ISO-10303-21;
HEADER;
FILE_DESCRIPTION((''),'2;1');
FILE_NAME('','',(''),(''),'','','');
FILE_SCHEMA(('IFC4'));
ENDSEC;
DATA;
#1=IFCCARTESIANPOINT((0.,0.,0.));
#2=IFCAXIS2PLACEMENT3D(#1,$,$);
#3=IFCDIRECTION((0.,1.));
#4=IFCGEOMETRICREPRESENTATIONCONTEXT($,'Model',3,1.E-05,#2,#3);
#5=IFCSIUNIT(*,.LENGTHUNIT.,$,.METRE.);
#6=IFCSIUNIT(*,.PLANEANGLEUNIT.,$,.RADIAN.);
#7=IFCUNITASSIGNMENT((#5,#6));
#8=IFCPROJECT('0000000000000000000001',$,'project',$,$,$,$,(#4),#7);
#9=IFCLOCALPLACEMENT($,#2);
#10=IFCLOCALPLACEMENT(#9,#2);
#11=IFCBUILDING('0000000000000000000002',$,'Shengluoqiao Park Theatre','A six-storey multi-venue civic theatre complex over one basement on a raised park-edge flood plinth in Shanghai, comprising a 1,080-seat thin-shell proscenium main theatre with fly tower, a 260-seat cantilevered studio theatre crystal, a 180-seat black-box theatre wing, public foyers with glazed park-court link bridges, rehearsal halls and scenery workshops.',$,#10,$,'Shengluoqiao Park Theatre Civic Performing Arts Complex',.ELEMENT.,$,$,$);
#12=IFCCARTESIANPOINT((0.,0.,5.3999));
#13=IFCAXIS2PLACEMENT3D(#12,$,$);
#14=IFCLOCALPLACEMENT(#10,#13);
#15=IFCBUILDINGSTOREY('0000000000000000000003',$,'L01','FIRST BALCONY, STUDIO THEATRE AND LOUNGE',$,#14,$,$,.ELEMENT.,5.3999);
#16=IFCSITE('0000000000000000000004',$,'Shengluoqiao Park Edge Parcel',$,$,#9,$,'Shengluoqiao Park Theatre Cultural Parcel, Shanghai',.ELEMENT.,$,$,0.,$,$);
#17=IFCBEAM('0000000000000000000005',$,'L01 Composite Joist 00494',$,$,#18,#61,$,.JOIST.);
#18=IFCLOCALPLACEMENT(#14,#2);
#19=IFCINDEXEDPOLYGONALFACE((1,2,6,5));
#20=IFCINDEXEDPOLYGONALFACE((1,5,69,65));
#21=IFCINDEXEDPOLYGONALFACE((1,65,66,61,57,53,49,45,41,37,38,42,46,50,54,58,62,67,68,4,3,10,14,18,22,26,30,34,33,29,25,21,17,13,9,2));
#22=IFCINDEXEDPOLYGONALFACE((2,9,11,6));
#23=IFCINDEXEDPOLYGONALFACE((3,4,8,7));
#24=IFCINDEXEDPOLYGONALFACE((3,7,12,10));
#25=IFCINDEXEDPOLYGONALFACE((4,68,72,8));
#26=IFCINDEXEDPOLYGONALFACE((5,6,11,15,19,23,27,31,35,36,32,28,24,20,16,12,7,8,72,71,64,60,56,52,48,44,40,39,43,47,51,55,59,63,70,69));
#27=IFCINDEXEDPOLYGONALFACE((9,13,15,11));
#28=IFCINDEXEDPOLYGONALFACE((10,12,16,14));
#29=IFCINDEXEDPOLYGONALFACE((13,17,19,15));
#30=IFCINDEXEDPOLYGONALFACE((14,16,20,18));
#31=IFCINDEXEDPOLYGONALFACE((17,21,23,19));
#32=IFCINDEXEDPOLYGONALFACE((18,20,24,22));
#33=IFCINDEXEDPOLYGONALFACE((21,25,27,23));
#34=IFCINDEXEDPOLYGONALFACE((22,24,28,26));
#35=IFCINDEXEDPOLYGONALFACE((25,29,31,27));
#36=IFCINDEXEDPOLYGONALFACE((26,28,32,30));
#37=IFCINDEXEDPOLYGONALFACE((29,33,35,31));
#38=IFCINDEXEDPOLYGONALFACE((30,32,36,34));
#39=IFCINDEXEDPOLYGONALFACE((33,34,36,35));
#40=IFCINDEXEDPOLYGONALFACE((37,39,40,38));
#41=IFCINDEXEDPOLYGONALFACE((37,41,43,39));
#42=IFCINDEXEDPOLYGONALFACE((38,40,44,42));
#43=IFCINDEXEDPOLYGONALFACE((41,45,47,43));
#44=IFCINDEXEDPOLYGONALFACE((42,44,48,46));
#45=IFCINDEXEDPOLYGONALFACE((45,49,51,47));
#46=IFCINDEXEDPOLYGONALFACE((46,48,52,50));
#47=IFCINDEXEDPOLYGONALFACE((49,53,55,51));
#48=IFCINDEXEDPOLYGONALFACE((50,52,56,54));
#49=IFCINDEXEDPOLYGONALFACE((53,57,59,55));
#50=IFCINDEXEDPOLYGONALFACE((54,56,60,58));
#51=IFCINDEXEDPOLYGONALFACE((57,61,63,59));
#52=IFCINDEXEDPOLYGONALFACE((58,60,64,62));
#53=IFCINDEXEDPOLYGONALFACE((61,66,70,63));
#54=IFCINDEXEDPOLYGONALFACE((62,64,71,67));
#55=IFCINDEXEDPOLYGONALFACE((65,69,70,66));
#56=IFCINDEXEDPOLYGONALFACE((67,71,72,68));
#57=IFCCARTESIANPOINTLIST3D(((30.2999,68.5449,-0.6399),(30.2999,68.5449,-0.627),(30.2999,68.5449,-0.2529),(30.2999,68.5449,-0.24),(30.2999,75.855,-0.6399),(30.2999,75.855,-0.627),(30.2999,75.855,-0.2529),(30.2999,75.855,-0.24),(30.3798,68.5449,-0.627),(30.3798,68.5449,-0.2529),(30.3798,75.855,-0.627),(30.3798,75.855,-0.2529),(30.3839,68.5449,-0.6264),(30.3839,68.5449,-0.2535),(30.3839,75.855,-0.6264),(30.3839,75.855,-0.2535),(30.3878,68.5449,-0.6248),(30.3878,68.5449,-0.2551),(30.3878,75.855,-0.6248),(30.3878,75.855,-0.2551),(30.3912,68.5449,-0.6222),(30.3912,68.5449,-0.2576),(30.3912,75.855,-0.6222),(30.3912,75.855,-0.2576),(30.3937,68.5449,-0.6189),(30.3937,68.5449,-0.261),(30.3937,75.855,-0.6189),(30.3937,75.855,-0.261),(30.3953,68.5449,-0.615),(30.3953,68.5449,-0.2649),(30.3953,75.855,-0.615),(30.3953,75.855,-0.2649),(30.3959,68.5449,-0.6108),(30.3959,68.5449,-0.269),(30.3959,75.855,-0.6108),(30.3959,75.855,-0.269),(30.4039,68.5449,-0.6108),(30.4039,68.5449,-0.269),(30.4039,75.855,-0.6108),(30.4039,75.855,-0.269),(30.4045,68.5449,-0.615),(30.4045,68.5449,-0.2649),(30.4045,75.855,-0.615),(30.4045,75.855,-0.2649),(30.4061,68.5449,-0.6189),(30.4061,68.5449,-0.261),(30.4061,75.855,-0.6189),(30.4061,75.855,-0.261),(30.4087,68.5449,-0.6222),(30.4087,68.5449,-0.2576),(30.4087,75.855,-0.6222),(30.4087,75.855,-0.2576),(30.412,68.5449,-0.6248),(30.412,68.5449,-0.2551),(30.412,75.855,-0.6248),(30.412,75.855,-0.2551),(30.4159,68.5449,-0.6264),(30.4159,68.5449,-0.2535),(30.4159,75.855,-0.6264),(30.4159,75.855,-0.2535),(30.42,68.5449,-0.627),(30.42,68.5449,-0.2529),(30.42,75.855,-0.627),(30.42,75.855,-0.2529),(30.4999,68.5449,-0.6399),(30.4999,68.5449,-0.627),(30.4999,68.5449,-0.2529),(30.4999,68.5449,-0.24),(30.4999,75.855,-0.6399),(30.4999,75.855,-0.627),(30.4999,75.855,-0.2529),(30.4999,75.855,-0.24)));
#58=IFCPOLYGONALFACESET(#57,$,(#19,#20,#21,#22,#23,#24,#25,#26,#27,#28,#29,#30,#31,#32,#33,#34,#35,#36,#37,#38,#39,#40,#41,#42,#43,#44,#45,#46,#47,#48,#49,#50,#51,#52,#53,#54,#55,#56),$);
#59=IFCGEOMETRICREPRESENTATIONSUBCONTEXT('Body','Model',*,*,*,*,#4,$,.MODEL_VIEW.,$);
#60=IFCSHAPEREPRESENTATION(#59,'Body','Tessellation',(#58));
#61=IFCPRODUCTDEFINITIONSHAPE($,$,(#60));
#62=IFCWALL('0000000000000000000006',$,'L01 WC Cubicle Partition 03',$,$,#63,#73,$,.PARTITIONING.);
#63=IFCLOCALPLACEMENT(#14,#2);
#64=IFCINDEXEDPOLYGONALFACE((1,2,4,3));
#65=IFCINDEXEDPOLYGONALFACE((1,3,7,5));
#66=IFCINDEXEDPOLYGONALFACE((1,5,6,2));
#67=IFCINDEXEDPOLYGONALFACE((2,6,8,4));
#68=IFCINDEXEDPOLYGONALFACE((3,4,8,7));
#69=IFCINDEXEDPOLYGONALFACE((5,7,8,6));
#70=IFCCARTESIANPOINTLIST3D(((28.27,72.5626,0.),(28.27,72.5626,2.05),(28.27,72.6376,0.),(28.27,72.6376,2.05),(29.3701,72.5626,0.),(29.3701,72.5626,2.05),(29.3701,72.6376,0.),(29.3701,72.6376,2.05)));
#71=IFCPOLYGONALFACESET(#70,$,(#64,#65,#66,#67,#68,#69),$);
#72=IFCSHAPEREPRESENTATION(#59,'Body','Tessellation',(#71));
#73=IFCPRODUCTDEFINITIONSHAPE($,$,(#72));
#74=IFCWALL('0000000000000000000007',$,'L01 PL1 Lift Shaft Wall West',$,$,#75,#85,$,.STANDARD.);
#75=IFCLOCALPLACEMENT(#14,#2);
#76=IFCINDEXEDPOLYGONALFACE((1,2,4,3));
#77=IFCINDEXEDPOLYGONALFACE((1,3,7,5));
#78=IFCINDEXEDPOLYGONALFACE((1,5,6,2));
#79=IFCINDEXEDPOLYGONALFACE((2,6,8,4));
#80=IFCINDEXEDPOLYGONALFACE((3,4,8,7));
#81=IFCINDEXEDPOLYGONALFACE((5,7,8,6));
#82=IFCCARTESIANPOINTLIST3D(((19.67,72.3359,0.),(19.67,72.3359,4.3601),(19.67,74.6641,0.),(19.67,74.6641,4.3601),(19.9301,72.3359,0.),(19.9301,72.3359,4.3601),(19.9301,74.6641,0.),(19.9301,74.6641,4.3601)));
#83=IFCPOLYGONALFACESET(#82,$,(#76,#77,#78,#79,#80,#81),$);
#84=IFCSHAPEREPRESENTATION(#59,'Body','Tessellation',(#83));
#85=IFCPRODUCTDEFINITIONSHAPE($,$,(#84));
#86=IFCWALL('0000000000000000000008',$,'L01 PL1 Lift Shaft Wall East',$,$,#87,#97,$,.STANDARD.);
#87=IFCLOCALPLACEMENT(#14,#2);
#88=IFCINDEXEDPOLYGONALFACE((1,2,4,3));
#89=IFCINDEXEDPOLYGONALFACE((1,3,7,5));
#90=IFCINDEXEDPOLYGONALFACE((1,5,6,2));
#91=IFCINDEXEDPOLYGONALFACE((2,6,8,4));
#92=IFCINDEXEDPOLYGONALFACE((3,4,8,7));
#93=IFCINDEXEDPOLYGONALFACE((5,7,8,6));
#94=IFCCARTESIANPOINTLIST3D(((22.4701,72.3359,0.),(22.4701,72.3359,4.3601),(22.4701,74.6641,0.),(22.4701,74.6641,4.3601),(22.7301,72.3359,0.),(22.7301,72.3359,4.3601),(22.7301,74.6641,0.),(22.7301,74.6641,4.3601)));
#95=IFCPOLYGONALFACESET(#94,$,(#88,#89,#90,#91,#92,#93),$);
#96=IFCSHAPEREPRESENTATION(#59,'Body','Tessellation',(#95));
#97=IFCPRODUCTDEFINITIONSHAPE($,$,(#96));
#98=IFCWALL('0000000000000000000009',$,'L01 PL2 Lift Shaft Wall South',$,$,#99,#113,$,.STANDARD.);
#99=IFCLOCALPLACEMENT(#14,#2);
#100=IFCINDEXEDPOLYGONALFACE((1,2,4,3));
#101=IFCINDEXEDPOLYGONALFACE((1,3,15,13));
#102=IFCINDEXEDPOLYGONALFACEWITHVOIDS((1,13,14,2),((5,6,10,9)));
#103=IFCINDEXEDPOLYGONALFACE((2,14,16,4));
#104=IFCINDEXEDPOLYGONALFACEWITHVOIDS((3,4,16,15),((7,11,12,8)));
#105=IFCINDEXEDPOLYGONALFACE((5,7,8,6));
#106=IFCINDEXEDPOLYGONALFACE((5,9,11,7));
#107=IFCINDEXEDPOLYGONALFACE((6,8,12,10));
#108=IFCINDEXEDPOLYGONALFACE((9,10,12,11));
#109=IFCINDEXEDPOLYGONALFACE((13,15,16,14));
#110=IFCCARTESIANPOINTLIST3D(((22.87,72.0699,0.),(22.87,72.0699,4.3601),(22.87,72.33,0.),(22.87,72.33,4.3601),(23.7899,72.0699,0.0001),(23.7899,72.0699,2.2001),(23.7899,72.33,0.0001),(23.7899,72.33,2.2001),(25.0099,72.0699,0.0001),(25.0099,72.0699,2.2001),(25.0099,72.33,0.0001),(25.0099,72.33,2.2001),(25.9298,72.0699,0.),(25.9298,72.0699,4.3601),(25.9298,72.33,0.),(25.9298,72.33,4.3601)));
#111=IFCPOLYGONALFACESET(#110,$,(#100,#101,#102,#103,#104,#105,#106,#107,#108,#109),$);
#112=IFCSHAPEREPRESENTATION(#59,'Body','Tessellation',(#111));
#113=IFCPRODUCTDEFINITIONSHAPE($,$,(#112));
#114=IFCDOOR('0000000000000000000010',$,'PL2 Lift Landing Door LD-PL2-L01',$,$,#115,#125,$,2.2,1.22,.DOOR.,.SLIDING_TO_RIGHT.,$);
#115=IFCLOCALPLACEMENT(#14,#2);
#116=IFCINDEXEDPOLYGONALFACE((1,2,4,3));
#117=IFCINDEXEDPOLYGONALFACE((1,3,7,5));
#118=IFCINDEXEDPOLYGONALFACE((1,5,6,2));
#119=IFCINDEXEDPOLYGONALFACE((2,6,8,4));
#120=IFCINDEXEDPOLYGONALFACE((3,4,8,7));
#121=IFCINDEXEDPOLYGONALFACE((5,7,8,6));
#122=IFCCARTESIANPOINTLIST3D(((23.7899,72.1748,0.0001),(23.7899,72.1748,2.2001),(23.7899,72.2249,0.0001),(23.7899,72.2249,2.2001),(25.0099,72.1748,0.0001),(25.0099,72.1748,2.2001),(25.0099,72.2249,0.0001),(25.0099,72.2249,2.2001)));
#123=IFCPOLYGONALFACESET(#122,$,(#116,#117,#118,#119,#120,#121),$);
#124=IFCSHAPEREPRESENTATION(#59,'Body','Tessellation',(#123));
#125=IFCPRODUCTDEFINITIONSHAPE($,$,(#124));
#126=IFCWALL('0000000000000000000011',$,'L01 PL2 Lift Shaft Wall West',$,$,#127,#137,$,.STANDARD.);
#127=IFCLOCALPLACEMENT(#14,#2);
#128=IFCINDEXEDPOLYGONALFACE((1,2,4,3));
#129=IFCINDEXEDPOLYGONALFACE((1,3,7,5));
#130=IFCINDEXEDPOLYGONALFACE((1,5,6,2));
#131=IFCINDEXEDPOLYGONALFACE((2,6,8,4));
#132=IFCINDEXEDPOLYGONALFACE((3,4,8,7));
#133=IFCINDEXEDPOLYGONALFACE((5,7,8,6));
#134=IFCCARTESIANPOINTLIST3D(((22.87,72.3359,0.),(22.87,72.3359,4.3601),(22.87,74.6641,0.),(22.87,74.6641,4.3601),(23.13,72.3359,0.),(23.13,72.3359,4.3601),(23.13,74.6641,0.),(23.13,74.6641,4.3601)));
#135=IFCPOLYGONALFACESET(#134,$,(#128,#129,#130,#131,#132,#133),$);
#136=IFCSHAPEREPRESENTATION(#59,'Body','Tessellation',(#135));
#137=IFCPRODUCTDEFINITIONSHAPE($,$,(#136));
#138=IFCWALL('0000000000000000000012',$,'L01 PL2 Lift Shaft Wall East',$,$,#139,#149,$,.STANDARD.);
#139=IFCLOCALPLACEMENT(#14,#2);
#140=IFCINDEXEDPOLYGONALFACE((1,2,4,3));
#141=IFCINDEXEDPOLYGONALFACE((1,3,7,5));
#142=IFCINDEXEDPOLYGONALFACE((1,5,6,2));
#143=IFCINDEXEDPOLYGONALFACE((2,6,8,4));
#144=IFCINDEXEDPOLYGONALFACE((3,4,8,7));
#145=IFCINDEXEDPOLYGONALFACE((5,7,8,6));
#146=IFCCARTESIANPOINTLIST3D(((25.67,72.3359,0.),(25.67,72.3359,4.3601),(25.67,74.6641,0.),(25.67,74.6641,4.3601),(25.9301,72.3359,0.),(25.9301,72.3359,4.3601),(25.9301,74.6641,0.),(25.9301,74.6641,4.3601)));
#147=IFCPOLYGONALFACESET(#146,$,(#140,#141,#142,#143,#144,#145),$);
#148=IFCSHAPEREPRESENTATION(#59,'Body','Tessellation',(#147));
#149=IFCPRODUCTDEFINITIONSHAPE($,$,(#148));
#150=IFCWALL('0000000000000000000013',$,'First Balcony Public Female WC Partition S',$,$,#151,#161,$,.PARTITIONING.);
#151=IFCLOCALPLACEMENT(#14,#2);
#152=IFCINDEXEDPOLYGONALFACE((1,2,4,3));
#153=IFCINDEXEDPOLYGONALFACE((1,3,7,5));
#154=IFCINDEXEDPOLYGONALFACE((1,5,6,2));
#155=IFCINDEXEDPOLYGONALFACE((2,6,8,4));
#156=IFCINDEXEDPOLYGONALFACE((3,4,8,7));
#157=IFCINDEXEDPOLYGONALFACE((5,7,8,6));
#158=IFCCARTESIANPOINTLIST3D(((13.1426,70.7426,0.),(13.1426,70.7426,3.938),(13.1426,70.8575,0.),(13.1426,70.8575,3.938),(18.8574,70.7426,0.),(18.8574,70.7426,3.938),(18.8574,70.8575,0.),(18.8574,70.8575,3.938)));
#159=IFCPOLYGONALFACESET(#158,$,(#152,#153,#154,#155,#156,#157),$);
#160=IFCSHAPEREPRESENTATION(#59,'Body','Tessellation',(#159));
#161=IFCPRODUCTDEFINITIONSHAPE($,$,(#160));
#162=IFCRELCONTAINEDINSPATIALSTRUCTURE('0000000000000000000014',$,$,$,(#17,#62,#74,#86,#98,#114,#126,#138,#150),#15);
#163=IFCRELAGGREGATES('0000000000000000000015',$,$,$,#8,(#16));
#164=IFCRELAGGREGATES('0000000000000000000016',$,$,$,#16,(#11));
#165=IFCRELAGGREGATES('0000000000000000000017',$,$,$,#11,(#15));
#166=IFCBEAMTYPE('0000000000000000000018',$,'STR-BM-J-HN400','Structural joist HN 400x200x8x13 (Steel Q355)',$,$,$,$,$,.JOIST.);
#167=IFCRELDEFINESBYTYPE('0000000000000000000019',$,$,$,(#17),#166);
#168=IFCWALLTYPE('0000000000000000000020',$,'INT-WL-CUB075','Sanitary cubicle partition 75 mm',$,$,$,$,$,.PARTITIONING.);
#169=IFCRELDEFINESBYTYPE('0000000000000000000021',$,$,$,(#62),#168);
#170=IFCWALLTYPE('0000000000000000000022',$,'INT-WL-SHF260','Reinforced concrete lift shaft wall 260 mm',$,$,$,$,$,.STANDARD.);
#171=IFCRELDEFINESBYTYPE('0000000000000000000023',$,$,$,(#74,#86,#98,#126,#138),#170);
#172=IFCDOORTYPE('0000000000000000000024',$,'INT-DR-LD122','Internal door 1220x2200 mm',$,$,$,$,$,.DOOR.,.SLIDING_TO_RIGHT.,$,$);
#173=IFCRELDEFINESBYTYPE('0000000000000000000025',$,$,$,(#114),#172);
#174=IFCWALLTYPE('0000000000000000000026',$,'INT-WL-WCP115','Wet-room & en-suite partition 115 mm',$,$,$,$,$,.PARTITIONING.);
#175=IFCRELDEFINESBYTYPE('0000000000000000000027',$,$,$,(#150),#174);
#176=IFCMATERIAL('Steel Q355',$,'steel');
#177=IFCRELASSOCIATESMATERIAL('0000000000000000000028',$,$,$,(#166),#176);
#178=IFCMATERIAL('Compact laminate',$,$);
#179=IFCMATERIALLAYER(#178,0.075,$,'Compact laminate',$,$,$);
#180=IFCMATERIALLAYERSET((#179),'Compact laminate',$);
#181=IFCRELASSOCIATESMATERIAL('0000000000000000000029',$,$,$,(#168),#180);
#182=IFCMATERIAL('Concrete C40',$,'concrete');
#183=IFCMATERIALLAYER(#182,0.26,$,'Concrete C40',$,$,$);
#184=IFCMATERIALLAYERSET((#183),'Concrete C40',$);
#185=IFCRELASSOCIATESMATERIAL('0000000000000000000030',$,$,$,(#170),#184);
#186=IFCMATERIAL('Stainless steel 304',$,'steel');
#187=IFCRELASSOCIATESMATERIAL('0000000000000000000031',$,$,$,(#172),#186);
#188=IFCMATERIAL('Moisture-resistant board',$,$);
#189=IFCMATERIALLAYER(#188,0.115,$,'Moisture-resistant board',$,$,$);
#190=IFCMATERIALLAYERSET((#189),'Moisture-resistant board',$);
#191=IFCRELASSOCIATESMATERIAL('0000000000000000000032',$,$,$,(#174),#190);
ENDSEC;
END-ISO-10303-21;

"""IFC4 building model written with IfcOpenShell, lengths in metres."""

from ifc_helpers import new_model, si_unit, direction, frame, frame_2d, origin, origin_2d, place, context, subcontext, project, spatial, rectangle, i_section, extrude, material, layer, layer_set, material_profile, profile_set, type_object, element, fill, save


model = new_model("IFC4")

# Units and contexts
model_context = context("Model", 3, precision=1e-05, world=origin(), true_north=direction((0.0, 1.0)))
body_context = subcontext(model_context, "Body", "Model", "MODEL_VIEW")
ifc_project = project(units=[si_unit("LENGTHUNIT", "METRE"), si_unit("PLANEANGLEUNIT", "RADIAN")], contexts=[model_context])

# Site, building, storey
site_placement = place(None, origin())
site = spatial("IfcSite", under=ifc_project, at=site_placement, Name="Shengluoqiao Park Edge Parcel", LongName="Shengluoqiao Park Theatre Cultural Parcel, Shanghai", CompositionType="ELEMENT", RefElevation=0.0)
building_placement = place(site_placement, origin())
building = spatial("IfcBuilding", under=site, at=building_placement, Name="Shengluoqiao Park Theatre", Description="A six-storey multi-venue civic theatre complex over one basement on a raised park-edge flood plinth in Shanghai, comprising a 1,080-seat thin-shell proscenium main theatre with fly tower, a 260-seat cantilevered studio theatre crystal, a 180-seat black-box theatre wing, public foyers with glazed park-court link bridges, rehearsal halls and scenery workshops.", LongName="Shengluoqiao Park Theatre Civic Performing Arts Complex", CompositionType="ELEMENT")
storey_placement = place(building_placement, frame((0.0, 0.0, 5.3999)))
storey = spatial("IfcBuildingStorey", under=building, at=storey_placement, Name="L01", Description="FIRST BALCONY, STUDIO THEATRE AND LOUNGE", CompositionType="ELEMENT", Elevation=5.3999)

# Shared definitions
ifc_material_1 = material(Name="Steel Q355", Category="steel")

# Beam
ifc_material_profile_1 = material_profile(ifc_material_1, i_section(OverallWidth=0.2, OverallDepth=0.3999, WebThickness=0.0081, FlangeThickness=0.0129, FilletRadius=0.0161, at=origin_2d()), Name="HN 400x200x8x13")
ifc_profile_set_1 = profile_set([ifc_material_profile_1], Name="Steel Q355")
beam_type_1 = type_object("IfcBeamType", Name="STR-BM-J-HN400", Description="Structural joist HN 400x200x8x13 (Steel Q355)", PredefinedType="JOIST", material=ifc_profile_set_1)
for number, where, z_axis, x_axis, name in (
    (1, (30.3999, 68.5449, -0.4399), (0.0, 1.0, 0.0), (-1.0, 0.0, 0.0), "L01 Composite Joist 00494"),
):
    element("IfcBeam", number, at=place(storey_placement, frame(where, z_axis=z_axis, x_axis=x_axis)), inside=storey, type_object=beam_type_1, Name=name, PredefinedType="JOIST", context=body_context, shape_type="SweptSolid", body=[
        extrude(i_section(OverallWidth=0.2, OverallDepth=0.3999, WebThickness=0.0081, FlangeThickness=0.0129, FilletRadius=0.0161, at=origin_2d()), origin(), (0.0, 0.0, 1.0), 7.3101),
    ])

# Wall
ifc_material_2 = material(Name="Compact laminate")
ifc_layer_1 = layer(ifc_material_2, 0.075, Name="Compact laminate")
ifc_layer_set_1 = layer_set([ifc_layer_1], Name="Compact laminate")
wall_type_1 = type_object("IfcWallType", Name="INT-WL-CUB075", Description="Sanitary cubicle partition 75 mm", PredefinedType="PARTITIONING", material=ifc_layer_set_1)
wall_1_placement = place(storey_placement, frame((28.27, 72.6001, 0.0), z_axis=(0.0, 0.0, 1.0), x_axis=(1.0, 0.0, 0.0)))
element("IfcWall", 2, at=wall_1_placement, inside=storey, type_object=wall_type_1, Name="L01 WC Cubicle Partition 03", PredefinedType="PARTITIONING", context=body_context, shape_type="SweptSolid", body=[
    extrude(rectangle(XDim=1.1001, YDim=0.075, at=frame_2d((0.55, 0.0))), origin(), (0.0, 0.0, 1.0), 2.05),
])

# Shared definitions
ifc_material_3 = material(Name="Concrete C40", Category="concrete")
ifc_layer_2 = layer(ifc_material_3, 0.26, Name="Concrete C40")
ifc_layer_set_2 = layer_set([ifc_layer_2], Name="Concrete C40")
wall_type_2 = type_object("IfcWallType", Name="INT-WL-SHF260", Description="Reinforced concrete lift shaft wall 260 mm", PredefinedType="STANDARD", material=ifc_layer_set_2)
ifc_material_4 = material(Name="Stainless steel 304", Category="steel")

# Walls
for number, where, z_axis, x_axis, name in (
    (3, (19.8, 72.3359, 0.0), (0.0, 0.0, 1.0), (0.0, 1.0, 0.0), "L01 PL1 Lift Shaft Wall West"),
    (4, (22.6001, 72.3359, 0.0), (0.0, 0.0, 1.0), (0.0, 1.0, 0.0), "L01 PL1 Lift Shaft Wall East"),
):
    element("IfcWall", number, at=place(storey_placement, frame(where, z_axis=z_axis, x_axis=x_axis)), inside=storey, type_object=wall_type_2, Name=name, PredefinedType="STANDARD", context=body_context, shape_type="SweptSolid", body=[
        extrude(rectangle(XDim=2.3281, YDim=0.26, at=frame_2d((1.1641, 0.0))), origin(), (0.0, 0.0, 1.0), 4.3601),
    ])

# Wall, opening, door
wall_2_placement = place(storey_placement, frame((22.8701, 72.2, 0.0), z_axis=(0.0, 0.0, 1.0), x_axis=(1.0, 0.0, 0.0)))
wall_2 = element("IfcWall", 5, at=wall_2_placement, inside=storey, type_object=wall_type_2, Name="L01 PL2 Lift Shaft Wall South", PredefinedType="STANDARD", context=body_context, shape_type="SweptSolid", body=[
    extrude(rectangle(XDim=3.0598, YDim=0.26, at=frame_2d((1.5298, 0.0))), origin(), (0.0, 0.0, 1.0), 4.3601),
])
opening_1_placement = place(wall_2_placement, frame((0.9199, 0.0, 0.0)))
opening_1 = element("IfcOpeningElement", 6, at=opening_1_placement, cuts=wall_2, PredefinedType="OPENING", context=body_context, shape_type="SweptSolid", body=[
    extrude(rectangle(XDim=1.22, YDim=2.2, at=frame_2d((0.6099, 1.1001))), frame((0.0, 0.1399, 0.0), z_axis=(0.0, -1.0, 0.0), x_axis=(1.0, 0.0, 0.0)), (0.0, 0.0, 1.0), 0.28),
])
door_type_1 = type_object("IfcDoorType", Name="INT-DR-LD122", Description="Internal door 1220x2200 mm", OperationType="SLIDING_TO_RIGHT", PredefinedType="DOOR", material=ifc_material_4)
door_1_placement = place(opening_1_placement, origin())
door_1 = element("IfcDoor", 7, at=door_1_placement, inside=storey, type_object=door_type_1, Name="PL2 Lift Landing Door LD-PL2-L01", OperationType="SLIDING_TO_RIGHT", OverallHeight=2.2, OverallWidth=1.22, PredefinedType="DOOR", context=body_context, shape_type="SweptSolid", body=[
    extrude(rectangle(XDim=1.22, YDim=2.2, at=frame_2d((0.6099, 1.1001))), frame((0.0, 0.0249, 0.0), z_axis=(0.0, -1.0, 0.0), x_axis=(1.0, 0.0, 0.0)), (0.0, 0.0, 1.0), 0.05),
])
fill(opening_1, door_1)

# Walls
for number, where, z_axis, x_axis, name in (
    (8, (23.0, 72.3359, 0.0), (0.0, 0.0, 1.0), (0.0, 1.0, 0.0), "L01 PL2 Lift Shaft Wall West"),
    (9, (25.8, 72.3359, 0.0), (0.0, 0.0, 1.0), (0.0, 1.0, 0.0), "L01 PL2 Lift Shaft Wall East"),
):
    element("IfcWall", number, at=place(storey_placement, frame(where, z_axis=z_axis, x_axis=x_axis)), inside=storey, type_object=wall_type_2, Name=name, PredefinedType="STANDARD", context=body_context, shape_type="SweptSolid", body=[
        extrude(rectangle(XDim=2.3281, YDim=0.26, at=frame_2d((1.1641, 0.0))), origin(), (0.0, 0.0, 1.0), 4.3601),
    ])
ifc_material_5 = material(Name="Moisture-resistant board")
ifc_layer_3 = layer(ifc_material_5, 0.115, Name="Moisture-resistant board")
ifc_layer_set_3 = layer_set([ifc_layer_3], Name="Moisture-resistant board")
wall_type_3 = type_object("IfcWallType", Name="INT-WL-WCP115", Description="Wet-room & en-suite partition 115 mm", PredefinedType="PARTITIONING", material=ifc_layer_set_3)
wall_3_placement = place(storey_placement, frame((13.1426, 70.8, 0.0), z_axis=(0.0, 0.0, 1.0), x_axis=(1.0, 0.0, 0.0)))
element("IfcWall", 10, at=wall_3_placement, inside=storey, type_object=wall_type_3, Name="First Balcony Public Female WC Partition S", PredefinedType="PARTITIONING", context=body_context, shape_type="SweptSolid", body=[
    extrude(rectangle(XDim=5.7148, YDim=0.115, at=frame_2d((2.8574, 0.0))), origin(), (0.0, 0.0, 1.0), 3.938),
])

save(model, "model.ifc")
